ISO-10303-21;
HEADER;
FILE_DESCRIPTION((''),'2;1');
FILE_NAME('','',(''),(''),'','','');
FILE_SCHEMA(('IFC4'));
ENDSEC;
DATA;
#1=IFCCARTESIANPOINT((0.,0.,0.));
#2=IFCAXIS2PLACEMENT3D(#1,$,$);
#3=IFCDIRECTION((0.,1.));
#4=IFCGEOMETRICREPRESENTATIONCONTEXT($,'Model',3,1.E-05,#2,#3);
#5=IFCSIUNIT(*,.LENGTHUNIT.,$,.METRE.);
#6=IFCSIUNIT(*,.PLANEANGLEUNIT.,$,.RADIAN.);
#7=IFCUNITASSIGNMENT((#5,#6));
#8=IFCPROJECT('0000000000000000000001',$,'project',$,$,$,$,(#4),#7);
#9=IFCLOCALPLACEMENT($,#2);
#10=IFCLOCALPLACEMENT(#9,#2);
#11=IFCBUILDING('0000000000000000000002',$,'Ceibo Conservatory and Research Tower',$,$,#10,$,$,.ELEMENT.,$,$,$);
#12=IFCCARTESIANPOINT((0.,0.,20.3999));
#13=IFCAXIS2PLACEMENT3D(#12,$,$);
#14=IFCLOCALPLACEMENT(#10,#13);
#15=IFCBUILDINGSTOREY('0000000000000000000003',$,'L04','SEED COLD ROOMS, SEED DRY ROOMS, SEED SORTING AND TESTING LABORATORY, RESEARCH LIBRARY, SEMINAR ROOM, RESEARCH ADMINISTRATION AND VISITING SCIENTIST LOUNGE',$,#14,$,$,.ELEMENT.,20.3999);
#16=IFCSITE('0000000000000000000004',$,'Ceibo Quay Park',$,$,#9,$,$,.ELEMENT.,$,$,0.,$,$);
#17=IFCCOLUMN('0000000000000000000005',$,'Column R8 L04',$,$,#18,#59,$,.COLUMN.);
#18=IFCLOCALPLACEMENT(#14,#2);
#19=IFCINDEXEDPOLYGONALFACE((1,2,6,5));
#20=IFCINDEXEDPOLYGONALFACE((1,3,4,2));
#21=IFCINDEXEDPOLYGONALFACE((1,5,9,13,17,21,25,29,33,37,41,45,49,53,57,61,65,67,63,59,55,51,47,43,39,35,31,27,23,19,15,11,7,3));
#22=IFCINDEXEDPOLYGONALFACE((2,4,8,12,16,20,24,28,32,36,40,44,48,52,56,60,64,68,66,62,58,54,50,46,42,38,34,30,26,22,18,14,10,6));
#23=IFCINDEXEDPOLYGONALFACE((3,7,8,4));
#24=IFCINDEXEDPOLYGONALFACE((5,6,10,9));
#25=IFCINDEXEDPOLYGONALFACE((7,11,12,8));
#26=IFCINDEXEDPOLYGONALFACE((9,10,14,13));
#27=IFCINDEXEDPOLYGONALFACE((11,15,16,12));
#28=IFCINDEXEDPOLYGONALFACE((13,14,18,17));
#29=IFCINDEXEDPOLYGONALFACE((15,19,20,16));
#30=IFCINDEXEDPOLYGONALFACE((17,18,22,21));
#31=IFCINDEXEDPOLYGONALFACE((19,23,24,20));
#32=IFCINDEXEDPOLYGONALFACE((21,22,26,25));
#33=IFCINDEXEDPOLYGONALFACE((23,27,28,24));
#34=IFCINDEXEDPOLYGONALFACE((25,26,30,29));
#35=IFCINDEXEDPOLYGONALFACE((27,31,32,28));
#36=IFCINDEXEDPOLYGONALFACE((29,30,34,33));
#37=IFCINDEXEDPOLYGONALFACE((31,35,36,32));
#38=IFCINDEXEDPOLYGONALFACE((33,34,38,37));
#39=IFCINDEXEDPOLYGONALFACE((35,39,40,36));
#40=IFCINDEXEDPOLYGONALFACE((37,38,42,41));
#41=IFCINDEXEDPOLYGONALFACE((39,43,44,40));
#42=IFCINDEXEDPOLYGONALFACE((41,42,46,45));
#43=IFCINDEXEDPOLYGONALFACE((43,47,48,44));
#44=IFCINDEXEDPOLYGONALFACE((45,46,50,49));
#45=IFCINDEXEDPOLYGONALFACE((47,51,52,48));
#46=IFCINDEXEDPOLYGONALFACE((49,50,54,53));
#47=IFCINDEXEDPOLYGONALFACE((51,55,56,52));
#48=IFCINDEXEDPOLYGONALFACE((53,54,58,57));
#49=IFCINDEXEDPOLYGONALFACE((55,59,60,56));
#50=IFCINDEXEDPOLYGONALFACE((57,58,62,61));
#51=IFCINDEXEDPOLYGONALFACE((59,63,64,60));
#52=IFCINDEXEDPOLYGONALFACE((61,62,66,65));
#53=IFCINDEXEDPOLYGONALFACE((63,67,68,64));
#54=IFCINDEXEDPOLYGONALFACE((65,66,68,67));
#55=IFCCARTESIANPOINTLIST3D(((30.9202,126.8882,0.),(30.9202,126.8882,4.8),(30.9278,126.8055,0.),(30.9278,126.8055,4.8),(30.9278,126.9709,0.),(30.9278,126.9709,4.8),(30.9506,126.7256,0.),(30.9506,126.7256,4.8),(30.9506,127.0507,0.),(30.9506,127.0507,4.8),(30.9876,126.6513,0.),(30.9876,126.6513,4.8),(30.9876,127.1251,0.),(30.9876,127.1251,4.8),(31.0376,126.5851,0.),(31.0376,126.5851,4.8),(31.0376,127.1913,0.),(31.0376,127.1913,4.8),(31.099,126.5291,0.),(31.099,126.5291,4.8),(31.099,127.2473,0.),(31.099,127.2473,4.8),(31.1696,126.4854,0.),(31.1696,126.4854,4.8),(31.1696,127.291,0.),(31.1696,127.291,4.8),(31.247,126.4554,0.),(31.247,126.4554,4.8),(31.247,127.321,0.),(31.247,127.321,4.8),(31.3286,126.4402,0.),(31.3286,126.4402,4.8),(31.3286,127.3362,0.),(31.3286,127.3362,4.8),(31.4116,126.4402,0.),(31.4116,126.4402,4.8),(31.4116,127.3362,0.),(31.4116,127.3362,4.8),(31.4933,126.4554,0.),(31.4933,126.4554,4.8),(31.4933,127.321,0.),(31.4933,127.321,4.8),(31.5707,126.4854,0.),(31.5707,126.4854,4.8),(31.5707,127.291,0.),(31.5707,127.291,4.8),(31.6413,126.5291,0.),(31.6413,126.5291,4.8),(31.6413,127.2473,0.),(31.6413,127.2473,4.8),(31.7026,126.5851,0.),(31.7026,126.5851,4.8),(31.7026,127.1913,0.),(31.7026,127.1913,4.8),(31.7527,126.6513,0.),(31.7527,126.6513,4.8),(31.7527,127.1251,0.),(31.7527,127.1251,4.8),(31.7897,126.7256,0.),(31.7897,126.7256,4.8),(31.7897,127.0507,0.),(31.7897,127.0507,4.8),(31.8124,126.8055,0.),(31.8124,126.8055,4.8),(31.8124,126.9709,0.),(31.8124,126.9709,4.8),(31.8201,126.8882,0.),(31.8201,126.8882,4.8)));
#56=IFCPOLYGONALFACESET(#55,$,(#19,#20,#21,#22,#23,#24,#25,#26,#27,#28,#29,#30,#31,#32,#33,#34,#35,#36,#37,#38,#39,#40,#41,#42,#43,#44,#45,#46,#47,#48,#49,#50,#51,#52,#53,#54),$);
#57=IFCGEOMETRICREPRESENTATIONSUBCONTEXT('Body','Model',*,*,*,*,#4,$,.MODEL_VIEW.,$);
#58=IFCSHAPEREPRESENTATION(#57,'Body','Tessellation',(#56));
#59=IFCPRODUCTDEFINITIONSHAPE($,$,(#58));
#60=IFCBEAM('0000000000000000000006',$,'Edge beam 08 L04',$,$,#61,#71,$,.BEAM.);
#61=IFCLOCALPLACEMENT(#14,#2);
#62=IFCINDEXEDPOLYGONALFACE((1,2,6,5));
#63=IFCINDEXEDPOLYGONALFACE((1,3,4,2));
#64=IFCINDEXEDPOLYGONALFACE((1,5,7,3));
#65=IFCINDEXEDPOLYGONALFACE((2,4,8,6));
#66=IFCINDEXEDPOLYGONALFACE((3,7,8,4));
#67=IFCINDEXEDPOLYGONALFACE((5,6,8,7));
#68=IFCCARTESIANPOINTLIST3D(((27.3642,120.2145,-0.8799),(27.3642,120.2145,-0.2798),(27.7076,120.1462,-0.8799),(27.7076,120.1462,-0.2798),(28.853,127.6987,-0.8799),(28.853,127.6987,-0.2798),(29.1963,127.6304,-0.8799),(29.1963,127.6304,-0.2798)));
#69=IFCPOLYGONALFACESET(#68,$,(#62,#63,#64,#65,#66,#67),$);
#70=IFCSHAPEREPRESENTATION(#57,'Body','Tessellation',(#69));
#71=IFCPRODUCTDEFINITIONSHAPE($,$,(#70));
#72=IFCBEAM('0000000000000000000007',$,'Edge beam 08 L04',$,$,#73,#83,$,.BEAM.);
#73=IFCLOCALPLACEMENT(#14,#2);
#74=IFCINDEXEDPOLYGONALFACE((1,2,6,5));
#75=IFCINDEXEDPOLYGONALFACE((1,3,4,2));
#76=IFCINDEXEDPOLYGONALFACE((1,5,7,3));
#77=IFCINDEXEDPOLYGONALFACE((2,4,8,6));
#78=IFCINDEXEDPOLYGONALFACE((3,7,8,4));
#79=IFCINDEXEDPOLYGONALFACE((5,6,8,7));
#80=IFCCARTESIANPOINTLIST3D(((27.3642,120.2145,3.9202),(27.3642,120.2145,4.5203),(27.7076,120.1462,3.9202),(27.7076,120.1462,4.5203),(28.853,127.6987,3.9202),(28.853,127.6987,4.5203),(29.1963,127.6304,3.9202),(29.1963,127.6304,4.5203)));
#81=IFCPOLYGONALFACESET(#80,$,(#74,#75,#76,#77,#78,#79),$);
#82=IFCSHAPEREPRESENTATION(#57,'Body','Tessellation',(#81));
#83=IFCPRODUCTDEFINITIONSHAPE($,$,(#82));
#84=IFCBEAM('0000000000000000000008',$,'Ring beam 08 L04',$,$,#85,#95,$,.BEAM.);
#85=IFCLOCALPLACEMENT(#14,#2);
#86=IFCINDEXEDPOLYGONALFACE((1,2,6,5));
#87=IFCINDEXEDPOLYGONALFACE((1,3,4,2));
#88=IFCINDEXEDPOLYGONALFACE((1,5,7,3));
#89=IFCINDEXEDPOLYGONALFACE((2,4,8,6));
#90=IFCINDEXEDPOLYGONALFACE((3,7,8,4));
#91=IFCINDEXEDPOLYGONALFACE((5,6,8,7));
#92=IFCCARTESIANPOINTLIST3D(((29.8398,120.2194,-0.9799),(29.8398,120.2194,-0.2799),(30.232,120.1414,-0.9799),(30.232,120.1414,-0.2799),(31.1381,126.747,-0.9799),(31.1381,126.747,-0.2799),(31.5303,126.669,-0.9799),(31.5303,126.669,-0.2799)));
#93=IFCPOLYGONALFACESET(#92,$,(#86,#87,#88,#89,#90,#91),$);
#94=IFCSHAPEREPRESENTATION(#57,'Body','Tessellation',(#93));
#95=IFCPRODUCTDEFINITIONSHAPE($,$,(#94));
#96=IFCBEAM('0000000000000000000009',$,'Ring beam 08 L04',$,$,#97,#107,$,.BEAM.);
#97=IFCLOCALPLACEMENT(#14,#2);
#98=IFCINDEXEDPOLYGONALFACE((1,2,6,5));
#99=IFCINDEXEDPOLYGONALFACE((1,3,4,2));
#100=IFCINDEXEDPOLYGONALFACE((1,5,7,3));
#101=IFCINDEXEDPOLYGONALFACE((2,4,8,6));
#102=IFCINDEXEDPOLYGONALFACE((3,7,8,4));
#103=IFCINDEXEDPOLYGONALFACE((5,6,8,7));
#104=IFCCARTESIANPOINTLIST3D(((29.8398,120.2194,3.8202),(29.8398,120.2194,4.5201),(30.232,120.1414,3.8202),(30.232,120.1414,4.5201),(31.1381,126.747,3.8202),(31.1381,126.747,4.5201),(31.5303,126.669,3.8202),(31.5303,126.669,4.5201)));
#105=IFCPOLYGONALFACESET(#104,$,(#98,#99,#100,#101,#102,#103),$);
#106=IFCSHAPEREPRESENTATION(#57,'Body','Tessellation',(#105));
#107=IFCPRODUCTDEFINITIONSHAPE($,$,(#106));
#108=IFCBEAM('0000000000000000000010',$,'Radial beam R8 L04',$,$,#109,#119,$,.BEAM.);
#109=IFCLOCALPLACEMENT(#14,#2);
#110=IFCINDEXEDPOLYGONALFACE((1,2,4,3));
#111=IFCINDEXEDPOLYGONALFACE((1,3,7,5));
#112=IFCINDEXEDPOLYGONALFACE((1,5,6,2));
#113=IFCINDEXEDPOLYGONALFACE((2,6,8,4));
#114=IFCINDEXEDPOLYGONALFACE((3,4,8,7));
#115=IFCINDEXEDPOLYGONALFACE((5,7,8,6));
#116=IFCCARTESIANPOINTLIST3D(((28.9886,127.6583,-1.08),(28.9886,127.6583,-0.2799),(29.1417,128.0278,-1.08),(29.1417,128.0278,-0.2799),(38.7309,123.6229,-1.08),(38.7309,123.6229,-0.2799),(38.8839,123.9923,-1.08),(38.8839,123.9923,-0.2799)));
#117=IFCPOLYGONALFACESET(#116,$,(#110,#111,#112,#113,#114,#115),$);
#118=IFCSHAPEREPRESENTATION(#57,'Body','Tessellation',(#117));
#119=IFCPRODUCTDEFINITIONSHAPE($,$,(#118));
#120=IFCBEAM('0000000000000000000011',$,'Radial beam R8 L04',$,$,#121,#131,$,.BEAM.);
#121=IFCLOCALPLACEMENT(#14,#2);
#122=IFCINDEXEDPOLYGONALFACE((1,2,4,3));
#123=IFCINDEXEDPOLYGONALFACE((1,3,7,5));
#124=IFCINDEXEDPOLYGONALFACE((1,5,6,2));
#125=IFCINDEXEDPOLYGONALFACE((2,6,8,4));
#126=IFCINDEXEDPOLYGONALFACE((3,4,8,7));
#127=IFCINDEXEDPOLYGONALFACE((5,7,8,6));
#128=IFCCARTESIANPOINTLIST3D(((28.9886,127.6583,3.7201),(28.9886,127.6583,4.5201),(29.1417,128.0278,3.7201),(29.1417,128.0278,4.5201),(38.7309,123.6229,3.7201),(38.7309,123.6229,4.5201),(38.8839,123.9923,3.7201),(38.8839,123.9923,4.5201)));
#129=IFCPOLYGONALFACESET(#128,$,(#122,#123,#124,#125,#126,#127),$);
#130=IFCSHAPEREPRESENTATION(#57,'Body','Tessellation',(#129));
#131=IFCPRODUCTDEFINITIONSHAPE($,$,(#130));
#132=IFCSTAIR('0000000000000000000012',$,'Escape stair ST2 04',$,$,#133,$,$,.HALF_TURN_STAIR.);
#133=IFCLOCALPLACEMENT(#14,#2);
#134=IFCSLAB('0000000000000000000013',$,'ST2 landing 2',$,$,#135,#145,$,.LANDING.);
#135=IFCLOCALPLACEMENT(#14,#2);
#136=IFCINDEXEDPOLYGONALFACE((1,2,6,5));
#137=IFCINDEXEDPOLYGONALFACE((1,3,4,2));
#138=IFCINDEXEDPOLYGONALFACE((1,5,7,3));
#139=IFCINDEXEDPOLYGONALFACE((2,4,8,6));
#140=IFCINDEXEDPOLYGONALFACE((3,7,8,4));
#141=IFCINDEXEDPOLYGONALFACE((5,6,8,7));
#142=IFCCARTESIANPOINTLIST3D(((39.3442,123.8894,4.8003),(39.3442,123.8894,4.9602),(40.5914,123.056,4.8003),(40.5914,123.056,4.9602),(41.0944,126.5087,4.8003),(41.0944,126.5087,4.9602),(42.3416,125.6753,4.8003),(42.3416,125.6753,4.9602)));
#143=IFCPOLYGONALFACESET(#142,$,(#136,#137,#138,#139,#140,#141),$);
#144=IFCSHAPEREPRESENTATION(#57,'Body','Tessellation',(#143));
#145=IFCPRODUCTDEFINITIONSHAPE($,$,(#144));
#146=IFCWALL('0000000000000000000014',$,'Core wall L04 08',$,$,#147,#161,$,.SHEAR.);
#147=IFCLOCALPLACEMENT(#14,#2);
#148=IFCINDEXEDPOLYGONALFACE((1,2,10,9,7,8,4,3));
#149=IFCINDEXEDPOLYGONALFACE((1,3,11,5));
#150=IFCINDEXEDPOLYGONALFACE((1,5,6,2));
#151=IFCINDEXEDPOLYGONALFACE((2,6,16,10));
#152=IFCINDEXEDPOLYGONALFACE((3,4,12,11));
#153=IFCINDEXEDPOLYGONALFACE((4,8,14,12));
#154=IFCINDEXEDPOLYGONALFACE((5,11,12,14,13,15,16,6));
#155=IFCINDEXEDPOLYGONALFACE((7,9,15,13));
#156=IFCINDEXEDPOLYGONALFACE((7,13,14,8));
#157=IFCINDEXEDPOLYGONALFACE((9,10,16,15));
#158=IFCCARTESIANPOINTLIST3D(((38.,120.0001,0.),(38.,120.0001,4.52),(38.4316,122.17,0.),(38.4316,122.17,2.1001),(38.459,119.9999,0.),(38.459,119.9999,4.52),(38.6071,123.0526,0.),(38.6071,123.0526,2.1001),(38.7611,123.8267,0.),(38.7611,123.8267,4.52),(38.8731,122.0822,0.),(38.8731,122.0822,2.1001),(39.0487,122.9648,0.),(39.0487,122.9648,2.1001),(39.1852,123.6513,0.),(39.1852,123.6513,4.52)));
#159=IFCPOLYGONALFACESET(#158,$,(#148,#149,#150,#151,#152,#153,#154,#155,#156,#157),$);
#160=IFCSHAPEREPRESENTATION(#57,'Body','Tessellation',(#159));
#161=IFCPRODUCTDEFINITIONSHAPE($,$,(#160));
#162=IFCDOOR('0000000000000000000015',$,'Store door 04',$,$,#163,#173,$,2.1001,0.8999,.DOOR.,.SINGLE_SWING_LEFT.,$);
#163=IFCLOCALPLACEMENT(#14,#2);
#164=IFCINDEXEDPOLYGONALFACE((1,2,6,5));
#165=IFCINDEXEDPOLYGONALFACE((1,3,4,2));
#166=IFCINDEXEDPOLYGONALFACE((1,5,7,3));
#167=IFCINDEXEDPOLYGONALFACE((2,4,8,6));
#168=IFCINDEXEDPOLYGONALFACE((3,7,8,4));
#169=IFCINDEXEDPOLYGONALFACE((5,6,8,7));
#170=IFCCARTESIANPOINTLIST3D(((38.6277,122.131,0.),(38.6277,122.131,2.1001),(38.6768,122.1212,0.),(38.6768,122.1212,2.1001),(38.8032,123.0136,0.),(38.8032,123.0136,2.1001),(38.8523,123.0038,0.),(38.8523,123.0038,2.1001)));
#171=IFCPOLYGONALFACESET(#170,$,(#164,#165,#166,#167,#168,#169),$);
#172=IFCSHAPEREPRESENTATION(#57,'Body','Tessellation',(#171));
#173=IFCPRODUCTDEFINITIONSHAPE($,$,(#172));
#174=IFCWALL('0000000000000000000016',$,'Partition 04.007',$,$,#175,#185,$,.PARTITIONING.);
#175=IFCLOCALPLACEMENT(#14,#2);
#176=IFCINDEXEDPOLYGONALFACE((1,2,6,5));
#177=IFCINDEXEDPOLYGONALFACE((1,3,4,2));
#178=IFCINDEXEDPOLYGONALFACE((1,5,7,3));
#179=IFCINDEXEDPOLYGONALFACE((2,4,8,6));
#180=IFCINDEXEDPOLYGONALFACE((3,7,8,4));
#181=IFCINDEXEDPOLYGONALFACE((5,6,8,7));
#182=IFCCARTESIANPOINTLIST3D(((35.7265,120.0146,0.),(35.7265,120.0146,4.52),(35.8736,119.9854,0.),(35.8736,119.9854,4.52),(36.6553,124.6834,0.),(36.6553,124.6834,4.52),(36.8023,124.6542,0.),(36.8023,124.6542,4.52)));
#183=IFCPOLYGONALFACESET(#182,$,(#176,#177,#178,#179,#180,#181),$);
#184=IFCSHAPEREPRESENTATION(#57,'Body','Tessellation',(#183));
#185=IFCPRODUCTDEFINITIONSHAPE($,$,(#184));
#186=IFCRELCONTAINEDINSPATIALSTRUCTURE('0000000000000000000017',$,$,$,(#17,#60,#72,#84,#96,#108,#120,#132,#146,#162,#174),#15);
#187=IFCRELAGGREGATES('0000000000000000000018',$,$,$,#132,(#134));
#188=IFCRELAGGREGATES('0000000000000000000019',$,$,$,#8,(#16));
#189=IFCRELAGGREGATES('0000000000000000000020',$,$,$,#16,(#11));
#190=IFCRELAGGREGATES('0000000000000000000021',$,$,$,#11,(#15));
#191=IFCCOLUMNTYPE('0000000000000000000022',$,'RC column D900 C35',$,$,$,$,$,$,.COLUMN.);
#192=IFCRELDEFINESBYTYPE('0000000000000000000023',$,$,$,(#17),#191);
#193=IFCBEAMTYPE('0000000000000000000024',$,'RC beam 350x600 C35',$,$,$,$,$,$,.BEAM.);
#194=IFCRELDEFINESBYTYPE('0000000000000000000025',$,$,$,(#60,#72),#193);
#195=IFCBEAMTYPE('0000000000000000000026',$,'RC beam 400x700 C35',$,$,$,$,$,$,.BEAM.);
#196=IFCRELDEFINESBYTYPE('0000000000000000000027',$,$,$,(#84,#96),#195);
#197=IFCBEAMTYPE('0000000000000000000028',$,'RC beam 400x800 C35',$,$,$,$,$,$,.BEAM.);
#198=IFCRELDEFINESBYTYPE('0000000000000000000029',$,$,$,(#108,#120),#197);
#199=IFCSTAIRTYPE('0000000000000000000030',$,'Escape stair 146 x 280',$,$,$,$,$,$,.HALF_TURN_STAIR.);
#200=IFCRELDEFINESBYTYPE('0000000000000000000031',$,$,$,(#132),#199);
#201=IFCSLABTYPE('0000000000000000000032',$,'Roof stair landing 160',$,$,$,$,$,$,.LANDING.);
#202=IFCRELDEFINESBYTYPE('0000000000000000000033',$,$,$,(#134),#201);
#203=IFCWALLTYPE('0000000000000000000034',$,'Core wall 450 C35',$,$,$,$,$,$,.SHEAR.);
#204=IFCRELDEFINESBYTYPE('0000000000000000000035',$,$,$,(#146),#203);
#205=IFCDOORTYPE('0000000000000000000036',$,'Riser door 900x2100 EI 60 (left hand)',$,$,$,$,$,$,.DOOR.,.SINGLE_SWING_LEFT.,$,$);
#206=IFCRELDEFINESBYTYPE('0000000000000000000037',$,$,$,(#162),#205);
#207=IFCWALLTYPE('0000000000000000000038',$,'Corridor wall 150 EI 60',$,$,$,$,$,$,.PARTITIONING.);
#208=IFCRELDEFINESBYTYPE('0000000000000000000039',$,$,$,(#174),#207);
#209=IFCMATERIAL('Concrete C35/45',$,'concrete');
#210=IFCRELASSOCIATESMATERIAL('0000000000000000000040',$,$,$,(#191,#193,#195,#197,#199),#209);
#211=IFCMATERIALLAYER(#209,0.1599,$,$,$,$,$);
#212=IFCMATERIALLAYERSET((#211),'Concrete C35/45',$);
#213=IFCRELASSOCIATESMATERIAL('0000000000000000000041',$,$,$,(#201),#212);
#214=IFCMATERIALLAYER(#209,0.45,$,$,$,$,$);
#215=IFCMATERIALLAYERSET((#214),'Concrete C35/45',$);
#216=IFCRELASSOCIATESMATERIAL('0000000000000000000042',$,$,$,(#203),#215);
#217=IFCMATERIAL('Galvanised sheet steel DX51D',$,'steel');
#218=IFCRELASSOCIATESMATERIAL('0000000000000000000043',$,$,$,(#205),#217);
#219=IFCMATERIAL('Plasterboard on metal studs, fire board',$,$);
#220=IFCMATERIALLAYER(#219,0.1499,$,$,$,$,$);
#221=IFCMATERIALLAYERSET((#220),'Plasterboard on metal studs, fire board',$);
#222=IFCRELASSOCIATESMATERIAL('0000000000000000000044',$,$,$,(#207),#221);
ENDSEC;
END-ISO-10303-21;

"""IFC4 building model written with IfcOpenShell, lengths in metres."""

from ifc_helpers import new_model, si_unit, direction, frame, frame_2d, origin, origin_2d, place, context, subcontext, project, spatial, polyline, rectangle, circle, outline, extrude, material, layer, layer_set, material_profile, profile_set, type_object, element, fill, aggregate, save


model = new_model("IFC4")

# Units and contexts
model_context = context("Model", 3, precision=1e-05, world=origin(), true_north=direction((0.0, 1.0)))
body_context = subcontext(model_context, "Body", "Model", "MODEL_VIEW")
ifc_project = project(units=[si_unit("LENGTHUNIT", "METRE"), si_unit("PLANEANGLEUNIT", "RADIAN")], contexts=[model_context])

# Site, building, storey
site_placement = place(None, origin())
site = spatial("IfcSite", under=ifc_project, at=site_placement, Name="Ceibo Quay Park", CompositionType="ELEMENT", RefElevation=0.0)
building_placement = place(site_placement, origin())
building = spatial("IfcBuilding", under=site, at=building_placement, Name="Ceibo Conservatory and Research Tower", CompositionType="ELEMENT")
storey_placement = place(building_placement, frame((0.0, 0.0, 20.3999)))
storey = spatial("IfcBuildingStorey", under=building, at=storey_placement, Name="L04", Description="SEED COLD ROOMS, SEED DRY ROOMS, SEED SORTING AND TESTING LABORATORY, RESEARCH LIBRARY, SEMINAR ROOM, RESEARCH ADMINISTRATION AND VISITING SCIENTIST LOUNGE", CompositionType="ELEMENT", Elevation=20.3999)

# Column
ifc_material_1 = material(Name="Concrete C35/45", Category="concrete")
ifc_material_profile_1 = material_profile(ifc_material_1, circle(Radius=0.45, at=origin_2d()), Name="RC D900")
ifc_profile_set_1 = profile_set([ifc_material_profile_1], Name="Concrete C35/45")
column_type = type_object("IfcColumnType", Name="RC column D900 C35", PredefinedType="COLUMN", material=ifc_profile_set_1)
column_placement = place(storey_placement, frame((31.3701, 126.8882, 0.0), z_axis=(0.0, 0.0, 1.0), x_axis=(1.0, 0.0, 0.0)))
element("IfcColumn", 1, at=column_placement, inside=storey, type_object=column_type, Name="Column R8 L04", PredefinedType="COLUMN", context=body_context, shape_type="SweptSolid", body=[
    extrude(circle(Radius=0.45, at=origin_2d()), origin(), (0.0, 0.0, 1.0), 4.8),
])

# Beams
ifc_material_profile_2 = material_profile(ifc_material_1, rectangle(XDim=0.3501, YDim=0.6001, at=origin_2d()), Name="RC 350x600")
ifc_profile_set_2 = profile_set([ifc_material_profile_2], Name="Concrete C35/45")
beam_type_1 = type_object("IfcBeamType", Name="RC beam 350x600 C35", PredefinedType="BEAM", material=ifc_profile_set_2)
for number, where, z_axis, x_axis, name in (
    (2, (29.0247, 127.6646, -0.5798), (-0.195101, -0.980783, 0.0), (0.980783, -0.195101, 0.0), "Edge beam 08 L04"),
    (3, (29.0247, 127.6646, 4.2202), (-0.195101, -0.980783, 0.0), (0.980783, -0.195101, 0.0), "Edge beam 08 L04"),
):
    element("IfcBeam", number, at=place(storey_placement, frame(where, z_axis=z_axis, x_axis=x_axis)), inside=storey, type_object=beam_type_1, Name=name, PredefinedType="BEAM", context=body_context, shape_type="SweptSolid", body=[
        extrude(rectangle(XDim=0.3501, YDim=0.6001, at=origin_2d()), origin(), (0.0, 0.0, 1.0), 7.6309),
    ])
ifc_material_profile_3 = material_profile(ifc_material_1, rectangle(XDim=0.3999, YDim=0.7, at=origin_2d()), Name="RC 400x700")
ifc_profile_set_3 = profile_set([ifc_material_profile_3], Name="Concrete C35/45")
beam_type_2 = type_object("IfcBeamType", Name="RC beam 400x700 C35", PredefinedType="BEAM", material=ifc_profile_set_3)
for number, where, z_axis, x_axis, name in (
    (4, (31.3342, 126.708, -0.6299), (-0.195079, -0.980788, 0.0), (0.980788, -0.195079, 0.0), "Ring beam 08 L04"),
    (5, (31.3342, 126.708, 4.1702), (-0.195079, -0.980788, 0.0), (0.980788, -0.195079, 0.0), "Ring beam 08 L04"),
):
    element("IfcBeam", number, at=place(storey_placement, frame(where, z_axis=z_axis, x_axis=x_axis)), inside=storey, type_object=beam_type_2, Name=name, PredefinedType="BEAM", context=body_context, shape_type="SweptSolid", body=[
        extrude(rectangle(XDim=0.3999, YDim=0.7, at=origin_2d()), origin(), (0.0, 0.0, 1.0), 6.6555),
    ])
ifc_material_profile_4 = material_profile(ifc_material_1, rectangle(XDim=0.3999, YDim=0.8, at=origin_2d()), Name="RC 400x800")
ifc_profile_set_4 = profile_set([ifc_material_profile_4], Name="Concrete C35/45")
beam_type_3 = type_object("IfcBeamType", Name="RC beam 400x800 C35", PredefinedType="BEAM", material=ifc_profile_set_4)
for number, where, z_axis, x_axis, name in (
    (6, (38.8074, 123.8076, -0.6799), (-0.923878, 0.382688, 0.0), (-0.382688, -0.923878, 0.0), "Radial beam R8 L04"),
    (7, (38.8074, 123.8076, 4.1201), (-0.923878, 0.382688, 0.0), (-0.382688, -0.923878, 0.0), "Radial beam R8 L04"),
):
    element("IfcBeam", number, at=place(storey_placement, frame(where, z_axis=z_axis, x_axis=x_axis)), inside=storey, type_object=beam_type_3, Name=name, PredefinedType="BEAM", context=body_context, shape_type="SweptSolid", body=[
        extrude(rectangle(XDim=0.3999, YDim=0.8, at=origin_2d()), origin(), (0.0, 0.0, 1.0), 10.5449),
    ])

# Stair, slab
stair_type = type_object("IfcStairType", Name="Escape stair 146 x 280", PredefinedType="HALF_TURN_STAIR", material=ifc_material_1)
stair_placement = place(storey_placement, origin())
stair = element("IfcStair", 8, at=stair_placement, inside=storey, type_object=stair_type, Name="Escape stair ST2 04", PredefinedType="HALF_TURN_STAIR")
ifc_layer_1 = layer(ifc_material_1, 0.1599)
ifc_layer_set_1 = layer_set([ifc_layer_1], Name="Concrete C35/45")
slab_type = type_object("IfcSlabType", Name="Roof stair landing 160", PredefinedType="LANDING", material=ifc_layer_set_1)
slab_placement = place(storey_placement, frame((39.3442, 123.8894, 4.8003), z_axis=(0.0, 0.0, 1.0), x_axis=(0.83147, -0.55557, 0.0)))
slab = element("IfcSlab", 9, at=slab_placement, type_object=slab_type, Name="ST2 landing 2", PredefinedType="LANDING", context=body_context, shape_type="SweptSolid", body=[
    extrude(outline(polyline([(0.0, 0.0), (1.5, 0.0), (1.5, 3.1501), (0.0, 3.1501), (0.0, 0.0)])), origin(), (0.0, 0.0, 1.0), 0.1599),
])
aggregate(stair, [slab])

# Wall, opening, door
ifc_layer_2 = layer(ifc_material_1, 0.45)
ifc_layer_set_2 = layer_set([ifc_layer_2], Name="Concrete C35/45")
wall_type_1 = type_object("IfcWallType", Name="Core wall 450 C35", PredefinedType="SHEAR", material=ifc_layer_set_2)
wall_1_placement = place(storey_placement, frame((38.9731, 123.739, 0.0), z_axis=(0.0, 0.0, 1.0), x_axis=(-0.195069, -0.980789, 0.0)))
wall_1 = element("IfcWall", 10, at=wall_1_placement, inside=storey, type_object=wall_type_1, Name="Core wall L04 08", PredefinedType="SHEAR", context=body_context, shape_type="SweptSolid", body=[
    extrude(outline(polyline([(-0.0447, -0.2251), (3.8569, -0.2251), (3.7676, 0.2251), (0.0447, 0.2251), (-0.0447, -0.2251)])), origin(), (0.0, 0.0, 1.0), 4.52),
])
opening_1_placement = place(wall_1_placement, frame((0.7446, 0.0, 0.0)))
opening_1 = element("IfcOpeningElement", 11, at=opening_1_placement, cuts=wall_1, PredefinedType="OPENING", context=body_context, shape_type="SweptSolid", body=[
    extrude(rectangle(XDim=0.8999, YDim=2.1001, at=frame_2d((0.45, 1.05))), frame((0.0, 0.2349, 0.0), z_axis=(0.0, -1.0, 0.0), x_axis=(1.0, 0.0, 0.0)), (0.0, 0.0, 1.0), 0.47),
])
ifc_material_2 = material(Name="Galvanised sheet steel DX51D", Category="steel")
door_type_1 = type_object("IfcDoorType", Name="Riser door 900x2100 EI 60 (left hand)", OperationType="SINGLE_SWING_LEFT", PredefinedType="DOOR", material=ifc_material_2)
door_1_placement = place(opening_1_placement, origin())
door_1 = element("IfcDoor", 12, at=door_1_placement, inside=storey, type_object=door_type_1, Name="Store door 04", OperationType="SINGLE_SWING_LEFT", OverallHeight=2.1001, OverallWidth=0.8999, PredefinedType="DOOR", context=body_context, shape_type="SweptSolid", body=[
    extrude(rectangle(XDim=0.8999, YDim=2.1001, at=frame_2d((0.45, 1.05))), frame((0.0, 0.0249, 0.0), z_axis=(0.0, -1.0, 0.0), x_axis=(1.0, 0.0, 0.0)), (0.0, 0.0, 1.0), 0.05),
])
fill(opening_1, door_1)

# Wall
ifc_material_3 = material(Name="Plasterboard on metal studs, fire board")
ifc_layer_3 = layer(ifc_material_3, 0.1499)
ifc_layer_set_3 = layer_set([ifc_layer_3], Name="Plasterboard on metal studs, fire board")
wall_type_2 = type_object("IfcWallType", Name="Corridor wall 150 EI 60", PredefinedType="PARTITIONING", material=ifc_layer_set_3)
wall_2_placement = place(storey_placement, frame((35.8, 120.0, 0.0), z_axis=(0.0, 0.0, 1.0), x_axis=(0.1951, 0.980783, 0.0)))
element("IfcWall", 13, at=wall_2_placement, inside=storey, type_object=wall_type_2, Name="Partition 04.007", PredefinedType="PARTITIONING", context=body_context, shape_type="SweptSolid", body=[
    extrude(rectangle(XDim=4.7603, YDim=0.1499, at=frame_2d((2.3801, 0.0))), origin(), (0.0, 0.0, 1.0), 4.52),
])

save(model, "model.ifc")
